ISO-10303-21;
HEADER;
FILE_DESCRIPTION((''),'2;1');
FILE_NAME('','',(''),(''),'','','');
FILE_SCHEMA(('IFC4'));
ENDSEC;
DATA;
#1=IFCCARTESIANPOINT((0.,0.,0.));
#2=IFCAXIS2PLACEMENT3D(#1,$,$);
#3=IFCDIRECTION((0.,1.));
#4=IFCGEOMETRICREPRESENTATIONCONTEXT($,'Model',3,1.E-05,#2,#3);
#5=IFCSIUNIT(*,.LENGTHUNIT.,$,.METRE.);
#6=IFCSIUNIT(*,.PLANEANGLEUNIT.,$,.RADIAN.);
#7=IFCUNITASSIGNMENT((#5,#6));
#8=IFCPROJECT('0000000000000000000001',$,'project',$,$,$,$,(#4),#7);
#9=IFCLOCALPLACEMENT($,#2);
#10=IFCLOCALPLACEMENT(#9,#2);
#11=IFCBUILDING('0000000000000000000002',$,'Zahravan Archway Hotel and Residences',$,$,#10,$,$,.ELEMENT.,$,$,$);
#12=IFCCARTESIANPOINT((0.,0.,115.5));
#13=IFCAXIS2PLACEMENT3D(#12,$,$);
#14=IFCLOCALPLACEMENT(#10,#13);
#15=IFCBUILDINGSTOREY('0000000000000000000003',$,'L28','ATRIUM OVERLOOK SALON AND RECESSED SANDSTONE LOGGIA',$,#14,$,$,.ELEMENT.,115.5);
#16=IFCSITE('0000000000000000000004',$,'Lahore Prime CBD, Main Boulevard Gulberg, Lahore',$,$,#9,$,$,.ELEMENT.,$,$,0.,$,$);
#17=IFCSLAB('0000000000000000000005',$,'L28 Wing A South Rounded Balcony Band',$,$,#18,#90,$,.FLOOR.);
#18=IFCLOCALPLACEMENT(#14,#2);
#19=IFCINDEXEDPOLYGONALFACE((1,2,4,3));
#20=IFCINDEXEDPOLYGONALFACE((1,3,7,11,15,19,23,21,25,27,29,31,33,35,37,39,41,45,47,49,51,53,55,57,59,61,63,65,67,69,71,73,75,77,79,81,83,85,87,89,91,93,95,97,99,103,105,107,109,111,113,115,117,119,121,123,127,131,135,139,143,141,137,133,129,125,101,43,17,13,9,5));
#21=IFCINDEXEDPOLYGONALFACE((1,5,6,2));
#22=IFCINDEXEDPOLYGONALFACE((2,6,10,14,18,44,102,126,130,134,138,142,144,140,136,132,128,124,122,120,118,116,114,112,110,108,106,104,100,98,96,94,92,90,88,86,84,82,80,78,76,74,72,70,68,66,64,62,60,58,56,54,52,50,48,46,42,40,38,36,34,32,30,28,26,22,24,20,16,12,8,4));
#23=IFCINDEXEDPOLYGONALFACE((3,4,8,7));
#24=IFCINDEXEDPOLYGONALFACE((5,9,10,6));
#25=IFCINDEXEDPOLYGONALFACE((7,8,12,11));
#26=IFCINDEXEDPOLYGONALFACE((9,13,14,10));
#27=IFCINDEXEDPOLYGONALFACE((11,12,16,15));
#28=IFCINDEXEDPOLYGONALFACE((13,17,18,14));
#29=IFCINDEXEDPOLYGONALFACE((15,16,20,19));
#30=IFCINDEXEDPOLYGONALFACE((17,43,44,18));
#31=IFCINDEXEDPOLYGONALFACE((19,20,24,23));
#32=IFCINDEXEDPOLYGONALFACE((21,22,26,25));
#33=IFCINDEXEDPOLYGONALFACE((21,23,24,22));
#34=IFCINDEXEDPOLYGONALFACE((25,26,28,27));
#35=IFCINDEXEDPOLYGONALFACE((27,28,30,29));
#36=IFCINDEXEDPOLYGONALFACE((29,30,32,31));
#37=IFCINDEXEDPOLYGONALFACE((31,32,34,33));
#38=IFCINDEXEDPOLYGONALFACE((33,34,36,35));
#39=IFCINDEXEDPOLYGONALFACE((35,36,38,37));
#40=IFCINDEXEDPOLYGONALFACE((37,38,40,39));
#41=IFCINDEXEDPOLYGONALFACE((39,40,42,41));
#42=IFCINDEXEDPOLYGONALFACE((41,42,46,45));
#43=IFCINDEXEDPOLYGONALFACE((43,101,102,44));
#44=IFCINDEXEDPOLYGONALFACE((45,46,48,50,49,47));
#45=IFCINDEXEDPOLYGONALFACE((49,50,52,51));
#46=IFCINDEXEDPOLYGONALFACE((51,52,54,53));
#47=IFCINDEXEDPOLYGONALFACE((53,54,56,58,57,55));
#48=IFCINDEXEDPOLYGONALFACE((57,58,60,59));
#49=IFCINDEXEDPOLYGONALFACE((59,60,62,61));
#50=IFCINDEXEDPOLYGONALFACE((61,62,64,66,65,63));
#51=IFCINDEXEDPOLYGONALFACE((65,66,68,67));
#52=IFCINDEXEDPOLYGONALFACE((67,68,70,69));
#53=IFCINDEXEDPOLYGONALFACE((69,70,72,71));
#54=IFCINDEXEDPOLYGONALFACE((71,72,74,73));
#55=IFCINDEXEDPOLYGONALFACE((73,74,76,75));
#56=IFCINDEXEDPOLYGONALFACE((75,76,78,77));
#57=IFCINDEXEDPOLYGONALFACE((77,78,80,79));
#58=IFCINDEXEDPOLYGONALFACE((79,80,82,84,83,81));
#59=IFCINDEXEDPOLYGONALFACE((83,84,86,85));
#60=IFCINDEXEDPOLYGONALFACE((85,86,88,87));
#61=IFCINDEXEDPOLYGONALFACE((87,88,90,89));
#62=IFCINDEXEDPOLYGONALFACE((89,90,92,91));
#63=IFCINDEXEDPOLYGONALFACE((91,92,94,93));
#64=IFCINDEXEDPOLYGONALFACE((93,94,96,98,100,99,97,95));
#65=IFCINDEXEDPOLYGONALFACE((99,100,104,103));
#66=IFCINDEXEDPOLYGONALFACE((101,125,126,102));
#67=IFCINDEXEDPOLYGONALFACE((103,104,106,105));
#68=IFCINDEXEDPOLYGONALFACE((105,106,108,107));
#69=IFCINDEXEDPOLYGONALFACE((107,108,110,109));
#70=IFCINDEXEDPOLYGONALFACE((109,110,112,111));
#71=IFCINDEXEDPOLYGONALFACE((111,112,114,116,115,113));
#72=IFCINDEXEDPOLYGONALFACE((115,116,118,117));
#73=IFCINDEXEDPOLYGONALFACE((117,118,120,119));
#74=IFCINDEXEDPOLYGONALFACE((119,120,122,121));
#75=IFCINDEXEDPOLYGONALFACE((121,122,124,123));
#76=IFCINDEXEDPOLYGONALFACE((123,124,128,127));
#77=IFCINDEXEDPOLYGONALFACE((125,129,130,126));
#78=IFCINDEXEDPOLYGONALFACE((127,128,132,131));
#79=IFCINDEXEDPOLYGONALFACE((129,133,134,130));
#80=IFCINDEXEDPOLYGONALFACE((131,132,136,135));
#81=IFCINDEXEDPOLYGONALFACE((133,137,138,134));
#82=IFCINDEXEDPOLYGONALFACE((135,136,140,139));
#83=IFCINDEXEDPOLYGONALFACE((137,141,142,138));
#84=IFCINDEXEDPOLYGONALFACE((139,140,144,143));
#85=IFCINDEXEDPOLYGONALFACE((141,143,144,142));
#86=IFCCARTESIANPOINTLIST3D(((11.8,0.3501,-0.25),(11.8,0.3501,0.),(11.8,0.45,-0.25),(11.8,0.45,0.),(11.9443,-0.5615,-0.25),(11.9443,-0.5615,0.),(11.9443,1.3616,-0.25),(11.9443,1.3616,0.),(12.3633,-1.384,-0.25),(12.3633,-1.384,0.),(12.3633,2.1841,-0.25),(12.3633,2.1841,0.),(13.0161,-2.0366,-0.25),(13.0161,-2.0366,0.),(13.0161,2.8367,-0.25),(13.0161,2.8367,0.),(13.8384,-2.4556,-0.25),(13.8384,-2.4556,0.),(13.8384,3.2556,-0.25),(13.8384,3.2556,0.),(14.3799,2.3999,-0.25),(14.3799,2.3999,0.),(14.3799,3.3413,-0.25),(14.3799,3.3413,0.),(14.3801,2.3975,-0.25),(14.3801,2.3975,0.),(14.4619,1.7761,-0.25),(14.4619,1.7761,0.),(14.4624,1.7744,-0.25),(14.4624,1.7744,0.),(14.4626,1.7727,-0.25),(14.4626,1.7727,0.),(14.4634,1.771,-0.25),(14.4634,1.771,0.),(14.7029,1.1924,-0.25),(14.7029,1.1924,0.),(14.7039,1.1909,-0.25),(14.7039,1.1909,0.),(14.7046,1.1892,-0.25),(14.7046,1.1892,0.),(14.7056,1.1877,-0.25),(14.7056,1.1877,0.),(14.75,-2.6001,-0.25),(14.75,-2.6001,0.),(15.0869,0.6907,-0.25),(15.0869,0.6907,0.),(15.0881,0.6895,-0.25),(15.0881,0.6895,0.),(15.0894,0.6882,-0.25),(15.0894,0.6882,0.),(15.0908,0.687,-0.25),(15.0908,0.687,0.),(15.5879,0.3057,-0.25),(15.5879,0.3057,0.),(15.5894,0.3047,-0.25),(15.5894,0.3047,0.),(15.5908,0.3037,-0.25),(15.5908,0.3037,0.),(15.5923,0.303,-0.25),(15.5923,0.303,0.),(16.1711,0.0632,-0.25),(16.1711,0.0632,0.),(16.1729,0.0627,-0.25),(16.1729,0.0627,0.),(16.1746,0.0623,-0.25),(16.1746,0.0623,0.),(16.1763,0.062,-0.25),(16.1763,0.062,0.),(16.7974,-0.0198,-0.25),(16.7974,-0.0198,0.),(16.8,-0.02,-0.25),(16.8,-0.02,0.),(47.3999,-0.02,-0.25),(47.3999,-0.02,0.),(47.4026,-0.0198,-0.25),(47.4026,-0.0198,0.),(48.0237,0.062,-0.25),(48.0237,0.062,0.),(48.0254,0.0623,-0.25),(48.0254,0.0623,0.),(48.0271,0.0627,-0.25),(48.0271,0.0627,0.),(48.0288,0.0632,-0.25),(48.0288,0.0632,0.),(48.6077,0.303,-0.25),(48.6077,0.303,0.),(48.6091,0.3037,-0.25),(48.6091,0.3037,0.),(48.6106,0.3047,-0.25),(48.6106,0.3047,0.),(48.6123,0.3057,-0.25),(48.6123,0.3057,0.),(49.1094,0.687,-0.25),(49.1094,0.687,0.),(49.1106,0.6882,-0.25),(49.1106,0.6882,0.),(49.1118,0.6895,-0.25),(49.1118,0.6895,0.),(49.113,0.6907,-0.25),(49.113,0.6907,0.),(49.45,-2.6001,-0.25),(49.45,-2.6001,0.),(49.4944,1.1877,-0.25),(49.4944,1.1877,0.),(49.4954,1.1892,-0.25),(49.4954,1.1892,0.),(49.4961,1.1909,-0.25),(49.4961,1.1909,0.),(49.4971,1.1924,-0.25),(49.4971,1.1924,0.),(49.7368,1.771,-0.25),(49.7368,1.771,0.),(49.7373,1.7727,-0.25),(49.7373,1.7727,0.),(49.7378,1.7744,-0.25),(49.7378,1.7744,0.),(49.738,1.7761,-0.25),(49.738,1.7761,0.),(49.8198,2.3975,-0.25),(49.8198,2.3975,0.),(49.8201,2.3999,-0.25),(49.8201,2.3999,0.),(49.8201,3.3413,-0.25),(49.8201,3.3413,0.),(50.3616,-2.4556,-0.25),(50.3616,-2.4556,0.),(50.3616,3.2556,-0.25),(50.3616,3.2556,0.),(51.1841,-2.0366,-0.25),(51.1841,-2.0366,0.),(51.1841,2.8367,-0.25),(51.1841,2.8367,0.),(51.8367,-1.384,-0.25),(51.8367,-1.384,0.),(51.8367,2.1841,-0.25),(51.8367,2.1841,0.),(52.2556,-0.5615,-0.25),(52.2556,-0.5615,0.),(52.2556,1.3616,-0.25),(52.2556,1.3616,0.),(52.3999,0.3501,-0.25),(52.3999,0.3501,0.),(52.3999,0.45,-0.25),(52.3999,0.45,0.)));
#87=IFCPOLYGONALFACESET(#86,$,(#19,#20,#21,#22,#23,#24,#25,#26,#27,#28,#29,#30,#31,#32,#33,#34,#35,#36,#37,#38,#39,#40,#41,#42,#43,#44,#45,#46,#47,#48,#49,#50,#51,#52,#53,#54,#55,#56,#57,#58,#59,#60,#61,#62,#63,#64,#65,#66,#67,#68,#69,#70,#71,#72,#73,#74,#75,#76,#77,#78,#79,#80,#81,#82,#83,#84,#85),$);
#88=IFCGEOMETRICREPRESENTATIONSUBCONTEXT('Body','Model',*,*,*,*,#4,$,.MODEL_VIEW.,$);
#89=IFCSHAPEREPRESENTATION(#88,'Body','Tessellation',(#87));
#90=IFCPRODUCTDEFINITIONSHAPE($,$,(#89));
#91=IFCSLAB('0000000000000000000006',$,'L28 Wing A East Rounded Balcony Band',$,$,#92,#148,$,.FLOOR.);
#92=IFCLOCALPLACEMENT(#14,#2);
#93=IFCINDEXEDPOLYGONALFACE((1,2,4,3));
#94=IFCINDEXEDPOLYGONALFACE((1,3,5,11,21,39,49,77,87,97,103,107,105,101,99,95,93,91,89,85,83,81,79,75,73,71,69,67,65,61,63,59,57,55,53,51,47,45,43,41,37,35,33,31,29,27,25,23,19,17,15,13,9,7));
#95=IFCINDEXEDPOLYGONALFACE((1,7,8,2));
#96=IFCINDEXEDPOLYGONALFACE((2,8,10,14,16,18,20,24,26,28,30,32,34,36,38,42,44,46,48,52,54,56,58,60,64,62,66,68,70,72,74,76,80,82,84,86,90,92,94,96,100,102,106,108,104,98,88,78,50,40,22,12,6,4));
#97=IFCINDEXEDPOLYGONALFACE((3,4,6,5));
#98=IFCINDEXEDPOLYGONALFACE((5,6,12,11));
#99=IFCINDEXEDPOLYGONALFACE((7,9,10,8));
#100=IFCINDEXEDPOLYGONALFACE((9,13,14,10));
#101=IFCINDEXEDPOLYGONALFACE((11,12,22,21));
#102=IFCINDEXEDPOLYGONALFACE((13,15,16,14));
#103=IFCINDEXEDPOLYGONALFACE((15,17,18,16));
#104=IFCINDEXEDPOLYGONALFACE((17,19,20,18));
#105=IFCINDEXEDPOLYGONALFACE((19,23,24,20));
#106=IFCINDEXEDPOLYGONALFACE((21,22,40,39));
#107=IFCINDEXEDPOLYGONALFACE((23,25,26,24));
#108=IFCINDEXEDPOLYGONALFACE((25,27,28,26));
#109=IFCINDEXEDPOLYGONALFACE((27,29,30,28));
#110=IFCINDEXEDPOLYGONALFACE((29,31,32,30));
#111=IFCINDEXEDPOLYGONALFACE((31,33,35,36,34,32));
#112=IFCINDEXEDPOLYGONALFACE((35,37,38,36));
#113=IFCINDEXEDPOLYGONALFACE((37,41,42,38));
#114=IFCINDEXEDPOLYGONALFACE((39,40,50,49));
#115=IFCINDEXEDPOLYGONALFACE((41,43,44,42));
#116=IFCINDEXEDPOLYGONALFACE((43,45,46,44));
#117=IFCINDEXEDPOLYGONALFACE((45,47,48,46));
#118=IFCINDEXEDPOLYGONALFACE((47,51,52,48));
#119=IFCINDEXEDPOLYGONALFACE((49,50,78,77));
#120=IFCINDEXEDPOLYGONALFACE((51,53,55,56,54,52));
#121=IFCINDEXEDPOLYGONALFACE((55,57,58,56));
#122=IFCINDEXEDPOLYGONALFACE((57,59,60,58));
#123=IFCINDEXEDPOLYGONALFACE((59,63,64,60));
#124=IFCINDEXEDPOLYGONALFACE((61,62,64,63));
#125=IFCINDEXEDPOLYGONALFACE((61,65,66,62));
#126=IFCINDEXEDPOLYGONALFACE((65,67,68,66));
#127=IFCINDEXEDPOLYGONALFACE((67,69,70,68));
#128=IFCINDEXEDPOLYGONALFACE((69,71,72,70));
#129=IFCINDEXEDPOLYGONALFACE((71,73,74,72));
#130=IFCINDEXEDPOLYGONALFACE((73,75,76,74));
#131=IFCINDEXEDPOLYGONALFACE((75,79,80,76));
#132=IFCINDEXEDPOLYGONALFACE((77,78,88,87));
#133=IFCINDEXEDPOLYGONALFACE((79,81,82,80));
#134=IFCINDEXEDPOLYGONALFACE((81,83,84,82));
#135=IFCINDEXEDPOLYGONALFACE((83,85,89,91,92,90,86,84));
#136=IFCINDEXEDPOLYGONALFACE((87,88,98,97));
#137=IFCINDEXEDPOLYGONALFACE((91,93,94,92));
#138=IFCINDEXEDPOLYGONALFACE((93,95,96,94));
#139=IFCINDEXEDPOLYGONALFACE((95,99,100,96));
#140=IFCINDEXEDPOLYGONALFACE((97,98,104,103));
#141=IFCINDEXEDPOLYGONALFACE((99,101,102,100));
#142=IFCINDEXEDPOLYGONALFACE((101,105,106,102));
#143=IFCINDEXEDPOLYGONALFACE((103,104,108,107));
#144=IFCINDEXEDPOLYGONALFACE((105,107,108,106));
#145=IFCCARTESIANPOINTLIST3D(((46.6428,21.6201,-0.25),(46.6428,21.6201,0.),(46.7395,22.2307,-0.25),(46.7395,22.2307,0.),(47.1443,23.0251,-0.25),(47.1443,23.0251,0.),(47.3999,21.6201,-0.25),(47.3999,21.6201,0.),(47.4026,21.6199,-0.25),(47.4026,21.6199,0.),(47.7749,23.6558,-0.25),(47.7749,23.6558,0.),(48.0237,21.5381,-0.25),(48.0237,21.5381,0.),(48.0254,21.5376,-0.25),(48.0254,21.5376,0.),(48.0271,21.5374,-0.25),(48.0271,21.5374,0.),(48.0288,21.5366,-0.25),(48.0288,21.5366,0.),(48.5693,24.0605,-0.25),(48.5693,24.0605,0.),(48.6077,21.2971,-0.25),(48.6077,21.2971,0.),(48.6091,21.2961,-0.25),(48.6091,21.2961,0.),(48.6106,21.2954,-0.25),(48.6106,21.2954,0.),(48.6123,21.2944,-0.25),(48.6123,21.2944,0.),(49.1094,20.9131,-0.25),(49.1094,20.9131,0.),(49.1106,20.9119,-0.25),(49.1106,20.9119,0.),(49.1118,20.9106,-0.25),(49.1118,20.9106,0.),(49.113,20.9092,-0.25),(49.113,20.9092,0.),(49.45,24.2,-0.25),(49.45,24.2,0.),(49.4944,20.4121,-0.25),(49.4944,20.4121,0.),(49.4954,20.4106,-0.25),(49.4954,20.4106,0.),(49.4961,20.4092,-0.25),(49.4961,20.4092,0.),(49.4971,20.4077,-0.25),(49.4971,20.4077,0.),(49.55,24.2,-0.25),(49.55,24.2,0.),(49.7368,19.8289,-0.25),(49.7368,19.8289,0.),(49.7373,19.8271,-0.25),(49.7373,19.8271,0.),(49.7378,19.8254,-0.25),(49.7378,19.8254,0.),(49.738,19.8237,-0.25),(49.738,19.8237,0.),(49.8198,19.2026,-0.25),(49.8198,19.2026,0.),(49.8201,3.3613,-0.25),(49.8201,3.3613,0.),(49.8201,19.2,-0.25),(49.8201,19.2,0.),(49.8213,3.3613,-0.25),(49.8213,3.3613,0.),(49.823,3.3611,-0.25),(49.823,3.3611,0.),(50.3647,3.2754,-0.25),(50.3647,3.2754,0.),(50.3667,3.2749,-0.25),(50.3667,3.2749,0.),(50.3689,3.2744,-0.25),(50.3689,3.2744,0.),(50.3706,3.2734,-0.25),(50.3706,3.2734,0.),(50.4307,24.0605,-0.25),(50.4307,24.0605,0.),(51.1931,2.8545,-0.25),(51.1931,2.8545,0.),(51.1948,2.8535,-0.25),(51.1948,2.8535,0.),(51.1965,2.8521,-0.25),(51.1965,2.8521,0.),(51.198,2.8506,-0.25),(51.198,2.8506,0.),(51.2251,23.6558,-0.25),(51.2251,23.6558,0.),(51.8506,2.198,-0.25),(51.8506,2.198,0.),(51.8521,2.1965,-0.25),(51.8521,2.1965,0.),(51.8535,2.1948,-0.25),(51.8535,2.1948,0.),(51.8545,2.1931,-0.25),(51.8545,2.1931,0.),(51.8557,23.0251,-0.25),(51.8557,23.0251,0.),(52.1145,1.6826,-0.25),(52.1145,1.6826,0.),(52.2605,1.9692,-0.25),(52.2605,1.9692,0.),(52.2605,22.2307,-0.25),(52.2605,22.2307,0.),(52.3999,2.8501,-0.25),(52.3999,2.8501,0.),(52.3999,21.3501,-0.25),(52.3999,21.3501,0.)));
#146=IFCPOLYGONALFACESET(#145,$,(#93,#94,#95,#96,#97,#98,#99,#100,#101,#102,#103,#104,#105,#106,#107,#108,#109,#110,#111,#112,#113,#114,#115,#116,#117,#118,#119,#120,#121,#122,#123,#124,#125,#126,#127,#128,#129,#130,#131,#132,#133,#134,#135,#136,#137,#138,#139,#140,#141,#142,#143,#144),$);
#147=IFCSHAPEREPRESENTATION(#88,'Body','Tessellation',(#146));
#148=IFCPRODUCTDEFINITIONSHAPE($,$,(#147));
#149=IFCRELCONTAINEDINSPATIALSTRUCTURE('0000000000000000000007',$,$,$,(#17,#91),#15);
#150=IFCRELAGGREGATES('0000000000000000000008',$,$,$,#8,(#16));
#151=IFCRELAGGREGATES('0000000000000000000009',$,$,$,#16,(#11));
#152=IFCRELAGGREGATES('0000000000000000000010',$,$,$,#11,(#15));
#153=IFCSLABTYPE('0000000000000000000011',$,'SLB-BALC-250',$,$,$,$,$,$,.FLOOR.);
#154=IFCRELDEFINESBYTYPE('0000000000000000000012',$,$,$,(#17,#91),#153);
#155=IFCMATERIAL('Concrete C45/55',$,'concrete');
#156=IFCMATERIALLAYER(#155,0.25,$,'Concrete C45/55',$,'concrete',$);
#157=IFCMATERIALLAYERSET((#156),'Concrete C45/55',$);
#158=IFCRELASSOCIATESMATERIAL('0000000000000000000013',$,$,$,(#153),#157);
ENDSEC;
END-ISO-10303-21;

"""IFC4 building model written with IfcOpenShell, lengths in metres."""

from ifc_helpers import new_model, si_unit, direction, frame, origin, place, context, subcontext, project, spatial, polyline, outline, extrude, material, layer, layer_set, type_object, element, save


model = new_model("IFC4")

# Units and contexts
model_context = context("Model", 3, precision=1e-05, world=origin(), true_north=direction((0.0, 1.0)))
body_context = subcontext(model_context, "Body", "Model", "MODEL_VIEW")
ifc_project = project(units=[si_unit("LENGTHUNIT", "METRE"), si_unit("PLANEANGLEUNIT", "RADIAN")], contexts=[model_context])

# Site, building, storey
site_placement = place(None, origin())
site = spatial("IfcSite", under=ifc_project, at=site_placement, Name="Lahore Prime CBD, Main Boulevard Gulberg, Lahore", CompositionType="ELEMENT", RefElevation=0.0)
building_placement = place(site_placement, origin())
building = spatial("IfcBuilding", under=site, at=building_placement, Name="Zahravan Archway Hotel and Residences", CompositionType="ELEMENT")
storey_placement = place(building_placement, frame((0.0, 0.0, 115.5)))
storey = spatial("IfcBuildingStorey", under=building, at=storey_placement, Name="L28", Description="ATRIUM OVERLOOK SALON AND RECESSED SANDSTONE LOGGIA", CompositionType="ELEMENT", Elevation=115.5)

# Slabs
ifc_material_1 = material(Name="Concrete C45/55", Category="concrete")
ifc_layer_1 = layer(ifc_material_1, 0.25, Name="Concrete C45/55", Category="concrete")
ifc_layer_set_1 = layer_set([ifc_layer_1], Name="Concrete C45/55")
slab_type_1 = type_object("IfcSlabType", Name="SLB-BALC-250", PredefinedType="FLOOR", material=ifc_layer_set_1)
slab_1_placement = place(storey_placement, frame((0.0, 0.0, -0.25)))
element("IfcSlab", 1, at=slab_1_placement, inside=storey, type_object=slab_type_1, Name="L28 Wing A South Rounded Balcony Band", PredefinedType="FLOOR", context=body_context, shape_type="SweptSolid", body=[
    extrude(outline(polyline([(50.3616, 3.2556), (51.1841, 2.8367), (51.8367, 2.1841), (52.2556, 1.3616), (52.3999, 0.45), (52.3999, 0.3501), (52.2556, -0.5615), (51.8367, -1.384), (51.1841, -2.0366), (50.3616, -2.4556), (49.45, -2.6001), (14.75, -2.6001), (13.8384, -2.4556), (13.0161, -2.0366), (12.3633, -1.384), (11.9443, -0.5615), (11.8, 0.3501), (11.8, 0.45), (11.9443, 1.3616), (12.3633, 2.1841), (13.0161, 2.8367), (13.8384, 3.2556), (14.3799, 3.3413), (14.3799, 2.3999), (14.3801, 2.3975), (14.4619, 1.7761), (14.4624, 1.7744), (14.4626, 1.7727), (14.4634, 1.771), (14.7029, 1.1924), (14.7039, 1.1909), (14.7046, 1.1892), (14.7056, 1.1877), (15.0869, 0.6907), (15.0881, 0.6895), (15.0894, 0.6882), (15.0908, 0.687), (15.5879, 0.3057), (15.5894, 0.3047), (15.5908, 0.3037), (15.5923, 0.303), (16.1711, 0.0632), (16.1729, 0.0627), (16.1746, 0.0623), (16.1763, 0.062), (16.7974, -0.0198), (16.8, -0.02), (47.3999, -0.02), (47.4026, -0.0198), (48.0237, 0.062), (48.0254, 0.0623), (48.0271, 0.0627), (48.0288, 0.0632), (48.6077, 0.303), (48.6091, 0.3037), (48.6106, 0.3047), (48.6123, 0.3057), (49.1094, 0.687), (49.1106, 0.6882), (49.1118, 0.6895), (49.113, 0.6907), (49.4944, 1.1877), (49.4954, 1.1892), (49.4961, 1.1909), (49.4971, 1.1924), (49.7368, 1.771), (49.7373, 1.7727), (49.7378, 1.7744), (49.738, 1.7761), (49.8198, 2.3975), (49.8201, 2.3999), (49.8201, 3.3413), (50.3616, 3.2556)])), origin(), (0.0, 0.0, 1.0), 0.25),
])
slab_2_placement = place(storey_placement, frame((0.0, 0.0, -0.25)))
element("IfcSlab", 2, at=slab_2_placement, inside=storey, type_object=slab_type_1, Name="L28 Wing A East Rounded Balcony Band", PredefinedType="FLOOR", context=body_context, shape_type="SweptSolid", body=[
    extrude(outline(polyline([(46.7395, 22.2307), (47.1443, 23.0251), (47.7749, 23.6558), (48.5693, 24.0605), (49.45, 24.2), (49.55, 24.2), (50.4307, 24.0605), (51.2251, 23.6558), (51.8557, 23.0251), (52.2605, 22.2307), (52.3999, 21.3501), (52.3999, 2.8501), (52.2605, 1.9692), (52.1145, 1.6826), (51.8545, 2.1931), (51.8535, 2.1948), (51.8521, 2.1965), (51.8506, 2.198), (51.198, 2.8506), (51.1965, 2.8521), (51.1948, 2.8535), (51.1931, 2.8545), (50.3706, 3.2734), (50.3689, 3.2744), (50.3667, 3.2749), (50.3647, 3.2754), (49.823, 3.3611), (49.8213, 3.3613), (49.8201, 3.3613), (49.8201, 19.2), (49.8198, 19.2026), (49.738, 19.8237), (49.7378, 19.8254), (49.7373, 19.8271), (49.7368, 19.8289), (49.4971, 20.4077), (49.4961, 20.4092), (49.4954, 20.4106), (49.4944, 20.4121), (49.113, 20.9092), (49.1118, 20.9106), (49.1106, 20.9119), (49.1094, 20.9131), (48.6123, 21.2944), (48.6106, 21.2954), (48.6091, 21.2961), (48.6077, 21.2971), (48.0288, 21.5366), (48.0271, 21.5374), (48.0254, 21.5376), (48.0237, 21.5381), (47.4026, 21.6199), (47.3999, 21.6201), (46.6428, 21.6201), (46.7395, 22.2307)])), origin(), (0.0, 0.0, 1.0), 0.25),
])

save(model, "model.ifc")
